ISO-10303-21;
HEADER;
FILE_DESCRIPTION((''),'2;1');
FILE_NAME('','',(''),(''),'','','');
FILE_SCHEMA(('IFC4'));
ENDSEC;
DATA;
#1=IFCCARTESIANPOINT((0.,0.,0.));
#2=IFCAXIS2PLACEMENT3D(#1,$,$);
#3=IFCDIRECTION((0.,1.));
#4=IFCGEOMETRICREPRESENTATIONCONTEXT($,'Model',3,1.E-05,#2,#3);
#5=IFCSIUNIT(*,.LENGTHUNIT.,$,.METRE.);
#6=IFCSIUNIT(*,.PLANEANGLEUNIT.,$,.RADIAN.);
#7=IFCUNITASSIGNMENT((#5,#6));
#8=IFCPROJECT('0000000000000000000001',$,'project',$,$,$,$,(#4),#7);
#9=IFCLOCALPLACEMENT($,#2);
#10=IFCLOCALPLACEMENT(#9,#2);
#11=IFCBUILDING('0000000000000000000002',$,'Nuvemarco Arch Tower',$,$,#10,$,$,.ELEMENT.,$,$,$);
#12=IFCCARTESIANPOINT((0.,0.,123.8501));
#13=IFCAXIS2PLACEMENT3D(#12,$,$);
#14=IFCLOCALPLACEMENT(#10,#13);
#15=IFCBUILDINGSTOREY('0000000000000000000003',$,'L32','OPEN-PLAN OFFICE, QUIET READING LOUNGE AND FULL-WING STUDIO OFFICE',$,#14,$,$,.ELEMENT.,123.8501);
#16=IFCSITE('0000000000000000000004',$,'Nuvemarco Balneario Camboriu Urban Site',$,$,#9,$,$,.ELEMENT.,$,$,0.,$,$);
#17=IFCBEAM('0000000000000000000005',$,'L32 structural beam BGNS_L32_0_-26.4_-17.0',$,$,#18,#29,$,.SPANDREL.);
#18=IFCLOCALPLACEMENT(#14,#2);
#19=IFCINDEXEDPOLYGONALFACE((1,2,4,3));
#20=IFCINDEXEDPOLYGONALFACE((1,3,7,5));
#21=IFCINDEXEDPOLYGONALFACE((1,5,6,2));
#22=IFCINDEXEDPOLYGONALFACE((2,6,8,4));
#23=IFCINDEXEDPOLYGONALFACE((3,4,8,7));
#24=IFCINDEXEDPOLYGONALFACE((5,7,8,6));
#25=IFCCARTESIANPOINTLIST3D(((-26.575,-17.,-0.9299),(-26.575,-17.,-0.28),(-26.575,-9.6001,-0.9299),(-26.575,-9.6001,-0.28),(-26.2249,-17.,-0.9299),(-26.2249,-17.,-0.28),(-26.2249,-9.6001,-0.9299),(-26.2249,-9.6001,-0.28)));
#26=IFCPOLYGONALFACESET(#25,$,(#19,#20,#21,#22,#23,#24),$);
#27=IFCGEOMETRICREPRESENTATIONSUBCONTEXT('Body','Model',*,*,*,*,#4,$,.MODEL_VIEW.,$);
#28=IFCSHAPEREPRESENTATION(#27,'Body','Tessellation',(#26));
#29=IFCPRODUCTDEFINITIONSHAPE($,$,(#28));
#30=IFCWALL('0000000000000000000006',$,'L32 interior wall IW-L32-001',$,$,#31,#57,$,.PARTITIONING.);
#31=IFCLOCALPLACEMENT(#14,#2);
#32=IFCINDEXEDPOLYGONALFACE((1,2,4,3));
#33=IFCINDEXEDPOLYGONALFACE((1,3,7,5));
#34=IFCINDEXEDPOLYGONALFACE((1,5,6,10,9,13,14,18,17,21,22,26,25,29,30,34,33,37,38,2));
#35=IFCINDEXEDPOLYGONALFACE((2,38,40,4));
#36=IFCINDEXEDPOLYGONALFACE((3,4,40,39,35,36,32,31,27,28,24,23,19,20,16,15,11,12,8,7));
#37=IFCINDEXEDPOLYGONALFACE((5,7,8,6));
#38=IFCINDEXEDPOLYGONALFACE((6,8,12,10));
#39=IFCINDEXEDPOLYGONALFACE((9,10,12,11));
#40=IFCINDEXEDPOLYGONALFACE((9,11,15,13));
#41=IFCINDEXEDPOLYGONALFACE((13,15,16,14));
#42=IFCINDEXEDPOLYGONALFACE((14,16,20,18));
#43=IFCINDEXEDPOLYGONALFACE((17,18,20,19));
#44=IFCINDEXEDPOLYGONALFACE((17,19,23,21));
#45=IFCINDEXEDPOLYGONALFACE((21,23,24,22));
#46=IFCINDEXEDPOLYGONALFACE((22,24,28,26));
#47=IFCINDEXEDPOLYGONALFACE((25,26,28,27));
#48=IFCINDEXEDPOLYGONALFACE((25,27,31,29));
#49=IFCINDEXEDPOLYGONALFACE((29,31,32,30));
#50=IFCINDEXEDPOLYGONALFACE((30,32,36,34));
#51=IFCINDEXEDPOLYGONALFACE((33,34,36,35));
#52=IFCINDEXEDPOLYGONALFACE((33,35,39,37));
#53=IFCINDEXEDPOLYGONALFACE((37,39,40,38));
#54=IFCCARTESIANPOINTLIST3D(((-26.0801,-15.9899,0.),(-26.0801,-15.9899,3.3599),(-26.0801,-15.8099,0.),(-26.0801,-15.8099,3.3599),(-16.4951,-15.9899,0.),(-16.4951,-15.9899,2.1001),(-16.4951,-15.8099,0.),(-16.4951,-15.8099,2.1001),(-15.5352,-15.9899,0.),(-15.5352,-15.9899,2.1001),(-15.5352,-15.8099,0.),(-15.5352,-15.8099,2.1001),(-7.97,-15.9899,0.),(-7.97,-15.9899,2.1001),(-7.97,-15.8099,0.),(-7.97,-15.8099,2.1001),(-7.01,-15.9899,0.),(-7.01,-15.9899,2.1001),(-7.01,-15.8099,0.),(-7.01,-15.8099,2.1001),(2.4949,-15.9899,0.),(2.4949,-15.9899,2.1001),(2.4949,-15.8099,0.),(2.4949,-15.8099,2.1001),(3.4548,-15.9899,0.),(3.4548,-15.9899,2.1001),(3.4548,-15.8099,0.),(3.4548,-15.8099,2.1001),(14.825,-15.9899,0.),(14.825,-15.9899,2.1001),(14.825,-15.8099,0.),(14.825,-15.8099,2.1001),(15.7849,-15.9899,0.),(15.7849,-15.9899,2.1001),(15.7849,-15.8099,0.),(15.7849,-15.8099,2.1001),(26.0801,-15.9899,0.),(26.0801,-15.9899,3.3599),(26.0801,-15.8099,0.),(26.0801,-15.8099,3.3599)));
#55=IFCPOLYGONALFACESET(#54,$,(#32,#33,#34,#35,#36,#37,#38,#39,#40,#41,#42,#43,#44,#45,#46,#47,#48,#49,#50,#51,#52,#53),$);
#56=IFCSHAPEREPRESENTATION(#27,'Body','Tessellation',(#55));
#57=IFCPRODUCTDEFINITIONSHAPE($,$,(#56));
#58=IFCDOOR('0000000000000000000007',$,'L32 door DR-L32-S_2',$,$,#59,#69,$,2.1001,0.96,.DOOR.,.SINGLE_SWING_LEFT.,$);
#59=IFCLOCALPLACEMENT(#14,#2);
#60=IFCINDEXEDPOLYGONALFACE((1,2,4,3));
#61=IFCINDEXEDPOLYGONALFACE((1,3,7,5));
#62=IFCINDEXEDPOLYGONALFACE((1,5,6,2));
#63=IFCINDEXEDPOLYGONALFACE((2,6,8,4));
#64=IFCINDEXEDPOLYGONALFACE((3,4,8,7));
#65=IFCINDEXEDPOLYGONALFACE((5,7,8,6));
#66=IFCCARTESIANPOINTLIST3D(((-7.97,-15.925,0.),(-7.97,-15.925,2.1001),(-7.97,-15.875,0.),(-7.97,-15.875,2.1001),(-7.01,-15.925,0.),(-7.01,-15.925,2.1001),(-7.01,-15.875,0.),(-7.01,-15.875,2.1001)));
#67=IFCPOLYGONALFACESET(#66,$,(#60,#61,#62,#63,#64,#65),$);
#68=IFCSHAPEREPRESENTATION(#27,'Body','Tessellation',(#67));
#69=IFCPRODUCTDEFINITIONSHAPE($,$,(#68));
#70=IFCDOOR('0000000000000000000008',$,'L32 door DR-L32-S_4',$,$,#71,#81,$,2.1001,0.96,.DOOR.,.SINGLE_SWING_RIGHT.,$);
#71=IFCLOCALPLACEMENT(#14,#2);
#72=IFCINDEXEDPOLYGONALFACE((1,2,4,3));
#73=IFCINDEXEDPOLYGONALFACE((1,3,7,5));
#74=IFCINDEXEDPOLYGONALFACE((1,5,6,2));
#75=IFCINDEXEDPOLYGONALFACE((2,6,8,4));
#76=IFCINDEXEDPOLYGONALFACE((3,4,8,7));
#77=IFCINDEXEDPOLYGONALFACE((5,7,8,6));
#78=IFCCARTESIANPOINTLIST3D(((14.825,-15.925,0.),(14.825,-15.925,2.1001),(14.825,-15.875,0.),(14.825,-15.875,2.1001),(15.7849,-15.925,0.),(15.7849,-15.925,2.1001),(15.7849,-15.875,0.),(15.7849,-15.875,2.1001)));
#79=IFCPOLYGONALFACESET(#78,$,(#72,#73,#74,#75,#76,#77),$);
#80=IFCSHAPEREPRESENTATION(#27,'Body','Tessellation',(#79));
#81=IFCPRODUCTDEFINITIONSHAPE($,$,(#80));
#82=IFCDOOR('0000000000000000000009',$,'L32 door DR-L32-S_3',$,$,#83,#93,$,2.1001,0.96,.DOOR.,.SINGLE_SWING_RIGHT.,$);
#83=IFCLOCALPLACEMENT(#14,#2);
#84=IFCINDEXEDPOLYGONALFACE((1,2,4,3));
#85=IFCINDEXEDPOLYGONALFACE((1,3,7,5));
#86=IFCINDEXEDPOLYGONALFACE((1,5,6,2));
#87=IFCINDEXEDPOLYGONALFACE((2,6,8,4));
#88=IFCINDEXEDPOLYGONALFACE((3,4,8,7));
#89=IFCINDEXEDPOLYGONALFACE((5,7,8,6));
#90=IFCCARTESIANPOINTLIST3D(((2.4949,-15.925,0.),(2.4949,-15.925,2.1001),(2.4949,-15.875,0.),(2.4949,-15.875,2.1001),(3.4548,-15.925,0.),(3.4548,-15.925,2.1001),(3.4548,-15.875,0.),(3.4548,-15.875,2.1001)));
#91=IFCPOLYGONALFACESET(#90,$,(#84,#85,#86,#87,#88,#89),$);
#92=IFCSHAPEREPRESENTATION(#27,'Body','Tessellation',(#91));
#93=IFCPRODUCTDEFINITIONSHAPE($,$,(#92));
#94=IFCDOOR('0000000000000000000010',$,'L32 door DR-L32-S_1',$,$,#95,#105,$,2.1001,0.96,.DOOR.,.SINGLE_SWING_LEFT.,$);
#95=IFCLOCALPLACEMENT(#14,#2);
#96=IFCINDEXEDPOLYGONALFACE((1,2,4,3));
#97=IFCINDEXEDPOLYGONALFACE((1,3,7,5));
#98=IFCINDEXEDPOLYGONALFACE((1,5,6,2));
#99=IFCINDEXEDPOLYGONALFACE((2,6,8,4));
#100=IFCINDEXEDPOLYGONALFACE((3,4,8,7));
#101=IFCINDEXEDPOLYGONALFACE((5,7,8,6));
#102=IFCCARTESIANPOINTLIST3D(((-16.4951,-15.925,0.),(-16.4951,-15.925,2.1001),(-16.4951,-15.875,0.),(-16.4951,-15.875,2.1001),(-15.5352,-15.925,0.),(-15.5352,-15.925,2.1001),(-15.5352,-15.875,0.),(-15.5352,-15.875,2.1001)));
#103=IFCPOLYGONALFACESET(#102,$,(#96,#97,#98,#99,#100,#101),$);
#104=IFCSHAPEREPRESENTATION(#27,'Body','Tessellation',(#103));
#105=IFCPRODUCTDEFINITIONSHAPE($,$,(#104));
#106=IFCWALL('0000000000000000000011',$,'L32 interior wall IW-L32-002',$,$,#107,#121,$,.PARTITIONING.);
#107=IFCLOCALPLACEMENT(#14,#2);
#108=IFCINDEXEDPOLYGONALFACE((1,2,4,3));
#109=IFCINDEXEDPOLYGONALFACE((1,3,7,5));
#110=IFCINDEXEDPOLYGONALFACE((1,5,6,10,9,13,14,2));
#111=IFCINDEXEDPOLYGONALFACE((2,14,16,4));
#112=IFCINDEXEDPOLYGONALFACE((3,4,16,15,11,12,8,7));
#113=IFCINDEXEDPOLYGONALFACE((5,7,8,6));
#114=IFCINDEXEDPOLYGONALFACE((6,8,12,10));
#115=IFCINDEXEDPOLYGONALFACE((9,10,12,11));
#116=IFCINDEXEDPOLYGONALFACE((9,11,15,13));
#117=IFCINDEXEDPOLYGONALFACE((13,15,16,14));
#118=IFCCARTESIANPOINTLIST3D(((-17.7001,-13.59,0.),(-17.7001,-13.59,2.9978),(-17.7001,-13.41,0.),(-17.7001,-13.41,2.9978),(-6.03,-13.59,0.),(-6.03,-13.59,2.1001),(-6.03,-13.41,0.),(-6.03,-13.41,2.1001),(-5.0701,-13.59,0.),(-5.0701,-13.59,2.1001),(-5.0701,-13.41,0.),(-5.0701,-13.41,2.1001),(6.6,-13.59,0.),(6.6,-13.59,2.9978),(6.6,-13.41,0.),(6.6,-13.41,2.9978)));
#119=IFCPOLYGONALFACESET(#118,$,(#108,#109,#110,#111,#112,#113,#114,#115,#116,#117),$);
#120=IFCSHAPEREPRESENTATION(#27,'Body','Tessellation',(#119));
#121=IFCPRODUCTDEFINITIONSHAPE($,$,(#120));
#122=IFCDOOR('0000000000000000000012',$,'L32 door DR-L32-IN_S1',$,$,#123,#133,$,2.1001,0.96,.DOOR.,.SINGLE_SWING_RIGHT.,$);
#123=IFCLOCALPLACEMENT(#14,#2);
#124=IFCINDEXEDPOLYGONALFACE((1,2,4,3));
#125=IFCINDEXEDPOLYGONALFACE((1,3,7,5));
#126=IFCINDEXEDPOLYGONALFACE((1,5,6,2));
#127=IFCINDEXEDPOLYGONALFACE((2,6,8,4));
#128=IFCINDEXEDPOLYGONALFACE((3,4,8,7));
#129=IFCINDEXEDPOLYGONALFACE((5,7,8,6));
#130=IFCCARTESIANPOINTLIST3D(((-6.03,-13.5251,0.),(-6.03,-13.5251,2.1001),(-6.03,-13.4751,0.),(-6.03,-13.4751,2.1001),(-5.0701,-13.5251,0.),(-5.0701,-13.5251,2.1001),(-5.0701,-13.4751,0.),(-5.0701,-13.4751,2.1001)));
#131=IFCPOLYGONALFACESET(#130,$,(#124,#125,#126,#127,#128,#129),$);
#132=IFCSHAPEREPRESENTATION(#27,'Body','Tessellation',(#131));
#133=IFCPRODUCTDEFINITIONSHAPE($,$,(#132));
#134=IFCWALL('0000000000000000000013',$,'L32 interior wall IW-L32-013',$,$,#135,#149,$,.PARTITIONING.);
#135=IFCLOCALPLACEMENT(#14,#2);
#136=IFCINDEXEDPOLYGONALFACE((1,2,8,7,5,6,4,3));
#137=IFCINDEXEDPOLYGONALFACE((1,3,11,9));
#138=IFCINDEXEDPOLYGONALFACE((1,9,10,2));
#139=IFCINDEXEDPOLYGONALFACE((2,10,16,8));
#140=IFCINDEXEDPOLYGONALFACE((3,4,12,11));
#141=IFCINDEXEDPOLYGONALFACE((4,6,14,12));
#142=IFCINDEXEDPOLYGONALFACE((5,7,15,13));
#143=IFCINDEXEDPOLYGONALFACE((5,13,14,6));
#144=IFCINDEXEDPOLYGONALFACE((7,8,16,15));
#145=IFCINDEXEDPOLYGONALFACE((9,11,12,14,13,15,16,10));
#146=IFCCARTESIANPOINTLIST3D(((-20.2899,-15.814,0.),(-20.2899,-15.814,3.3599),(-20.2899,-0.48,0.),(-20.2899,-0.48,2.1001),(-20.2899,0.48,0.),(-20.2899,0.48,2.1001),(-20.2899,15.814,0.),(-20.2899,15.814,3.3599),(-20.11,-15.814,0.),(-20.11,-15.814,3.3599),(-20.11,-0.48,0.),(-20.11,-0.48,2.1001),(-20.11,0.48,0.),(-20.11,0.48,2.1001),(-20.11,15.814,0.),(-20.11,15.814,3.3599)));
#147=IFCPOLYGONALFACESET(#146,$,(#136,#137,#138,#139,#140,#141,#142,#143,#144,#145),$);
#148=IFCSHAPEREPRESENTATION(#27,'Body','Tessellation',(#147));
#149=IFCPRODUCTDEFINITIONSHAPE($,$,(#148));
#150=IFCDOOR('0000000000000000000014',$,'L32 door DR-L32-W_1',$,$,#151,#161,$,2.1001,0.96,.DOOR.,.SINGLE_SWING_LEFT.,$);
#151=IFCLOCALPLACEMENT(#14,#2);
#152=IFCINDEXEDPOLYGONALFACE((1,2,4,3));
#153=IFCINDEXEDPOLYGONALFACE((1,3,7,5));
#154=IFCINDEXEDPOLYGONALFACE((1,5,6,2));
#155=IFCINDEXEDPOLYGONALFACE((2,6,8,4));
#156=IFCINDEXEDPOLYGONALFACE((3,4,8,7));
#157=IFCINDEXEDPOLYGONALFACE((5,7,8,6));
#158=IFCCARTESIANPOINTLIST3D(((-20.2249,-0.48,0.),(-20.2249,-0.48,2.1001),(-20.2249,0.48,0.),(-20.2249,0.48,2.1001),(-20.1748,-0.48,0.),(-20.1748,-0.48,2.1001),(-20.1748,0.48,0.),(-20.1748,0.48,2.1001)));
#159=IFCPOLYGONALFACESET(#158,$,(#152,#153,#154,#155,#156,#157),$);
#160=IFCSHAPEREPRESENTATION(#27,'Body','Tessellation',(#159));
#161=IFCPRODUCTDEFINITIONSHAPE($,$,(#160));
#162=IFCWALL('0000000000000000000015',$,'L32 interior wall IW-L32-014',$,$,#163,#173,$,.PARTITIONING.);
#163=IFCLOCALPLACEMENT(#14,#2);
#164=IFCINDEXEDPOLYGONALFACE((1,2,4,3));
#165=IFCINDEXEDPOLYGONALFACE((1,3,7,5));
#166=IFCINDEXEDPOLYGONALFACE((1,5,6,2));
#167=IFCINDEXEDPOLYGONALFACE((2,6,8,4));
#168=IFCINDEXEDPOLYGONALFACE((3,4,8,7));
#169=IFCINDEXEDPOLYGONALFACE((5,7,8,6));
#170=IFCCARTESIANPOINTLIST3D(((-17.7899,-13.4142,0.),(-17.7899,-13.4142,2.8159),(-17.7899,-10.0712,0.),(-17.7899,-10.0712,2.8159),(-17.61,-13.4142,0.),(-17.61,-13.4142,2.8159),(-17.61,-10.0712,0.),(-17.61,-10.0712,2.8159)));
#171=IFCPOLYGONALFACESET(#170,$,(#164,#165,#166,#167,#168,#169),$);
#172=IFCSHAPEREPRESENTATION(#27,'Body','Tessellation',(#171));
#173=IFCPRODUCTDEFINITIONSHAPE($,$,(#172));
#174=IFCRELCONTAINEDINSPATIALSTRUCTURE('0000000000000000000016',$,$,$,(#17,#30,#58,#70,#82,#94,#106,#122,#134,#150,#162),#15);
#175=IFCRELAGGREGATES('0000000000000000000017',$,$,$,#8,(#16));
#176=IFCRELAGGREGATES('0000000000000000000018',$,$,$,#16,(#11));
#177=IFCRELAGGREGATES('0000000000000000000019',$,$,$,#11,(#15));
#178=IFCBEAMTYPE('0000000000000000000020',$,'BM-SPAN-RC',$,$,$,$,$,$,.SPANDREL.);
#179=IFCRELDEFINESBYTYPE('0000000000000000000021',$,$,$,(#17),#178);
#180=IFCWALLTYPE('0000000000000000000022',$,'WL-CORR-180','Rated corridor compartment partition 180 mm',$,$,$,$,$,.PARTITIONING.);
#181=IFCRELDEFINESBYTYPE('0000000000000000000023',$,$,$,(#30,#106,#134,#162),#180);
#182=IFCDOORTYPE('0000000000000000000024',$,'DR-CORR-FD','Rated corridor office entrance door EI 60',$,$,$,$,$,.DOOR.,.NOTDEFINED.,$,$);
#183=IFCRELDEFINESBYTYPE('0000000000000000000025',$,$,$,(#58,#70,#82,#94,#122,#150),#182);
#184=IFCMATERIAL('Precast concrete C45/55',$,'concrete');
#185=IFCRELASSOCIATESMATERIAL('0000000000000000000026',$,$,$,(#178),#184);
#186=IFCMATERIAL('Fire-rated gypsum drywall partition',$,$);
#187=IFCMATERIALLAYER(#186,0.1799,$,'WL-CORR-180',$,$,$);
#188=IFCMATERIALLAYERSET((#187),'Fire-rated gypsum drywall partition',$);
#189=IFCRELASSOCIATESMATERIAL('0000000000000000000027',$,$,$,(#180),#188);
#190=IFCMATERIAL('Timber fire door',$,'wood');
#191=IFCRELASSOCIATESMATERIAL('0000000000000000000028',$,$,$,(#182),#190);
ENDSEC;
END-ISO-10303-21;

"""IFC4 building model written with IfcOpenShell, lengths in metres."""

from ifc_helpers import new_model, si_unit, direction, frame, frame_2d, origin, origin_2d, place, context, subcontext, project, spatial, rectangle, extrude, source, transform, mapped, material, layer, layer_set, material_profile, profile_set, type_object, type_shapes, element, fill, save


model = new_model("IFC4")

# Units and contexts
model_context = context("Model", 3, precision=1e-05, world=origin(), true_north=direction((0.0, 1.0)))
body_context = subcontext(model_context, "Body", "Model", "MODEL_VIEW")
ifc_project = project(units=[si_unit("LENGTHUNIT", "METRE"), si_unit("PLANEANGLEUNIT", "RADIAN")], contexts=[model_context])

# Site, building, storey
site_placement = place(None, origin())
site = spatial("IfcSite", under=ifc_project, at=site_placement, Name="Nuvemarco Balneario Camboriu Urban Site", CompositionType="ELEMENT", RefElevation=0.0)
building_placement = place(site_placement, origin())
building = spatial("IfcBuilding", under=site, at=building_placement, Name="Nuvemarco Arch Tower", CompositionType="ELEMENT")
storey_placement = place(building_placement, frame((0.0, 0.0, 123.8501)))
storey = spatial("IfcBuildingStorey", under=building, at=storey_placement, Name="L32", Description="OPEN-PLAN OFFICE, QUIET READING LOUNGE AND FULL-WING STUDIO OFFICE", CompositionType="ELEMENT", Elevation=123.8501)

# Beam
ifc_material_1 = material(Name="Precast concrete C45/55", Category="concrete")
ifc_material_profile_1 = material_profile(ifc_material_1, rectangle(XDim=0.3501, YDim=0.6499, at=origin_2d()), Name="PC-SP-350x650")
ifc_profile_set_1 = profile_set([ifc_material_profile_1], Name="Precast concrete C45/55")
beam_type_1 = type_object("IfcBeamType", Name="BM-SPAN-RC", PredefinedType="SPANDREL", material=ifc_profile_set_1)
beam_1_placement = place(storey_placement, frame((-26.3999, -17.0, -0.605), z_axis=(0.0, 1.0, 0.0), x_axis=(-1.0, 0.0, 0.0)))
element("IfcBeam", 1, at=beam_1_placement, inside=storey, type_object=beam_type_1, Name="L32 structural beam BGNS_L32_0_-26.4_-17.0", PredefinedType="SPANDREL", context=body_context, shape_type="SweptSolid", body=[
    extrude(rectangle(XDim=0.3501, YDim=0.6499, at=origin_2d()), origin(), (0.0, 0.0, 1.0), 7.3999),
])

# Wall, openings, doors
ifc_material_2 = material(Name="Fire-rated gypsum drywall partition")
ifc_layer = layer(ifc_material_2, 0.1799, Name="WL-CORR-180")
ifc_layer_set = layer_set([ifc_layer], Name="Fire-rated gypsum drywall partition")
wall_type = type_object("IfcWallType", Name="WL-CORR-180", Description="Rated corridor compartment partition 180 mm", PredefinedType="PARTITIONING", material=ifc_layer_set)
wall_1_placement = place(storey_placement, frame((-26.0801, -15.8999, 0.0), z_axis=(0.0, 0.0, 1.0), x_axis=(1.0, 0.0, 0.0)))
wall_1 = element("IfcWall", 2, at=wall_1_placement, inside=storey, type_object=wall_type, Name="L32 interior wall IW-L32-001", PredefinedType="PARTITIONING", context=body_context, shape_type="SweptSolid", body=[
    extrude(rectangle(XDim=52.1602, YDim=0.1799, at=frame_2d((26.0801, 0.0))), origin(), (0.0, 0.0, 1.0), 3.3599),
])
opening_1_placement = place(wall_1_placement, frame((18.1101, 0.0, 0.0)))
opening_1 = element("IfcOpeningElement", 3, at=opening_1_placement, cuts=wall_1, PredefinedType="OPENING", context=body_context, shape_type="SweptSolid", body=[
    extrude(rectangle(XDim=0.96, YDim=2.1001, at=frame_2d((0.48, 1.05))), frame((0.0, 0.0999, 0.0), z_axis=(0.0, -1.0, 0.0), x_axis=(1.0, 0.0, 0.0)), (0.0, 0.0, 1.0), 0.2),
])
opening_2_placement = place(wall_1_placement, frame((40.905, 0.0, 0.0)))
opening_2 = element("IfcOpeningElement", 4, at=opening_2_placement, cuts=wall_1, PredefinedType="OPENING", context=body_context, shape_type="SweptSolid", body=[
    extrude(rectangle(XDim=0.96, YDim=2.1001, at=frame_2d((0.48, 1.05))), frame((0.0, 0.0999, 0.0), z_axis=(0.0, -1.0, 0.0), x_axis=(1.0, 0.0, 0.0)), (0.0, 0.0, 1.0), 0.2),
])
opening_3_placement = place(wall_1_placement, frame((28.575, 0.0, 0.0)))
opening_3 = element("IfcOpeningElement", 5, at=opening_3_placement, cuts=wall_1, PredefinedType="OPENING", context=body_context, shape_type="SweptSolid", body=[
    extrude(rectangle(XDim=0.96, YDim=2.1001, at=frame_2d((0.48, 1.05))), frame((0.0, 0.0999, 0.0), z_axis=(0.0, -1.0, 0.0), x_axis=(1.0, 0.0, 0.0)), (0.0, 0.0, 1.0), 0.2),
])
opening_4_placement = place(wall_1_placement, frame((9.585, 0.0, 0.0)))
opening_4 = element("IfcOpeningElement", 6, at=opening_4_placement, cuts=wall_1, PredefinedType="OPENING", context=body_context, shape_type="SweptSolid", body=[
    extrude(rectangle(XDim=0.96, YDim=2.1001, at=frame_2d((0.48, 1.05))), frame((0.0, 0.0999, 0.0), z_axis=(0.0, -1.0, 0.0), x_axis=(1.0, 0.0, 0.0)), (0.0, 0.0, 1.0), 0.2),
])
ifc_material_3 = material(Name="Timber fire door", Category="wood")
door_type = type_object("IfcDoorType", Name="DR-CORR-FD", Description="Rated corridor office entrance door EI 60", OperationType="NOTDEFINED", PredefinedType="DOOR", material=ifc_material_3)
shared_shape = source(origin(), body_context, "Body", "SweptSolid", [
    extrude(rectangle(XDim=0.96, YDim=2.1001, at=frame_2d((0.48, 1.05))), frame((0.0, 0.0249, 0.0), z_axis=(0.0, -1.0, 0.0), x_axis=(1.0, 0.0, 0.0)), (0.0, 0.0, 1.0), 0.05),
])
type_shapes(door_type, [shared_shape])
door_1_placement = place(opening_1_placement, origin())
door_1 = element("IfcDoor", 7, at=door_1_placement, inside=storey, type_object=door_type, Name="L32 door DR-L32-S_2", OperationType="SINGLE_SWING_LEFT", OverallHeight=2.1001, OverallWidth=0.96, PredefinedType="DOOR", context=body_context, shape_type="MappedRepresentation", body=[
    mapped(shared_shape, transform((0.0, 0.0, 0.0), scale=1.0)),
])
fill(opening_1, door_1)
door_2_placement = place(opening_2_placement, origin())
door_2 = element("IfcDoor", 8, at=door_2_placement, inside=storey, type_object=door_type, Name="L32 door DR-L32-S_4", OperationType="SINGLE_SWING_RIGHT", OverallHeight=2.1001, OverallWidth=0.96, PredefinedType="DOOR", context=body_context, shape_type="MappedRepresentation", body=[
    mapped(shared_shape, transform((0.0, 0.0, 0.0), scale=1.0)),
])
fill(opening_2, door_2)
door_3_placement = place(opening_3_placement, origin())
door_3 = element("IfcDoor", 9, at=door_3_placement, inside=storey, type_object=door_type, Name="L32 door DR-L32-S_3", OperationType="SINGLE_SWING_RIGHT", OverallHeight=2.1001, OverallWidth=0.96, PredefinedType="DOOR", context=body_context, shape_type="MappedRepresentation", body=[
    mapped(shared_shape, transform((0.0, 0.0, 0.0), scale=1.0)),
])
fill(opening_3, door_3)
door_4_placement = place(opening_4_placement, origin())
door_4 = element("IfcDoor", 10, at=door_4_placement, inside=storey, type_object=door_type, Name="L32 door DR-L32-S_1", OperationType="SINGLE_SWING_LEFT", OverallHeight=2.1001, OverallWidth=0.96, PredefinedType="DOOR", context=body_context, shape_type="MappedRepresentation", body=[
    mapped(shared_shape, transform((0.0, 0.0, 0.0), scale=1.0)),
])
fill(opening_4, door_4)

# Walls, openings, doors
wall_2_placement = place(storey_placement, frame((-17.7, -13.5, 0.0), z_axis=(0.0, 0.0, 1.0), x_axis=(1.0, 0.0, 0.0)))
wall_2 = element("IfcWall", 11, at=wall_2_placement, inside=storey, type_object=wall_type, Name="L32 interior wall IW-L32-002", PredefinedType="PARTITIONING", context=body_context, shape_type="SweptSolid", body=[
    extrude(rectangle(XDim=24.3, YDim=0.1799, at=frame_2d((12.1499, 0.0))), origin(), (0.0, 0.0, 1.0), 2.9978),
])
opening_5_placement = place(wall_2_placement, frame((11.6699, 0.0, 0.0)))
opening_5 = element("IfcOpeningElement", 12, at=opening_5_placement, cuts=wall_2, PredefinedType="OPENING", context=body_context, shape_type="SweptSolid", body=[
    extrude(rectangle(XDim=0.96, YDim=2.1001, at=frame_2d((0.48, 1.05))), frame((0.0, 0.0999, 0.0), z_axis=(0.0, -1.0, 0.0), x_axis=(1.0, 0.0, 0.0)), (0.0, 0.0, 1.0), 0.2),
])
door_5_placement = place(opening_5_placement, origin())
door_5 = element("IfcDoor", 13, at=door_5_placement, inside=storey, type_object=door_type, Name="L32 door DR-L32-IN_S1", OperationType="SINGLE_SWING_RIGHT", OverallHeight=2.1001, OverallWidth=0.96, PredefinedType="DOOR", context=body_context, shape_type="MappedRepresentation", body=[
    mapped(shared_shape, transform((0.0, 0.0, 0.0), scale=1.0)),
])
fill(opening_5, door_5)
wall_3_placement = place(storey_placement, frame((-20.2, -15.814, 0.0), z_axis=(0.0, 0.0, 1.0), x_axis=(0.0, 1.0, 0.0)))
wall_3 = element("IfcWall", 14, at=wall_3_placement, inside=storey, type_object=wall_type, Name="L32 interior wall IW-L32-013", PredefinedType="PARTITIONING", context=body_context, shape_type="SweptSolid", body=[
    extrude(rectangle(XDim=31.6279, YDim=0.1799, at=frame_2d((15.814, 0.0))), origin(), (0.0, 0.0, 1.0), 3.3599),
])
opening_6_placement = place(wall_3_placement, frame((15.334, 0.0, 0.0)))
opening_6 = element("IfcOpeningElement", 15, at=opening_6_placement, cuts=wall_3, PredefinedType="OPENING", context=body_context, shape_type="SweptSolid", body=[
    extrude(rectangle(XDim=0.96, YDim=2.1001, at=frame_2d((0.48, 1.05))), frame((0.0, 0.0999, 0.0), z_axis=(0.0, -1.0, 0.0), x_axis=(1.0, 0.0, 0.0)), (0.0, 0.0, 1.0), 0.2),
])
door_6_placement = place(opening_6_placement, origin())
door_6 = element("IfcDoor", 16, at=door_6_placement, inside=storey, type_object=door_type, Name="L32 door DR-L32-W_1", OperationType="SINGLE_SWING_LEFT", OverallHeight=2.1001, OverallWidth=0.96, PredefinedType="DOOR", context=body_context, shape_type="MappedRepresentation", body=[
    mapped(shared_shape, transform((0.0, 0.0, 0.0), scale=1.0)),
])
fill(opening_6, door_6)

# Wall
wall_4_placement = place(storey_placement, frame((-17.7, -13.4141, 0.0), z_axis=(0.0, 0.0, 1.0), x_axis=(0.0, 1.0, 0.0)))
element("IfcWall", 17, at=wall_4_placement, inside=storey, type_object=wall_type, Name="L32 interior wall IW-L32-014", PredefinedType="PARTITIONING", context=body_context, shape_type="SweptSolid", body=[
    extrude(rectangle(XDim=3.343, YDim=0.1799, at=frame_2d((1.6714, 0.0))), origin(), (0.0, 0.0, 1.0), 2.8159),
])

save(model, "model.ifc")
